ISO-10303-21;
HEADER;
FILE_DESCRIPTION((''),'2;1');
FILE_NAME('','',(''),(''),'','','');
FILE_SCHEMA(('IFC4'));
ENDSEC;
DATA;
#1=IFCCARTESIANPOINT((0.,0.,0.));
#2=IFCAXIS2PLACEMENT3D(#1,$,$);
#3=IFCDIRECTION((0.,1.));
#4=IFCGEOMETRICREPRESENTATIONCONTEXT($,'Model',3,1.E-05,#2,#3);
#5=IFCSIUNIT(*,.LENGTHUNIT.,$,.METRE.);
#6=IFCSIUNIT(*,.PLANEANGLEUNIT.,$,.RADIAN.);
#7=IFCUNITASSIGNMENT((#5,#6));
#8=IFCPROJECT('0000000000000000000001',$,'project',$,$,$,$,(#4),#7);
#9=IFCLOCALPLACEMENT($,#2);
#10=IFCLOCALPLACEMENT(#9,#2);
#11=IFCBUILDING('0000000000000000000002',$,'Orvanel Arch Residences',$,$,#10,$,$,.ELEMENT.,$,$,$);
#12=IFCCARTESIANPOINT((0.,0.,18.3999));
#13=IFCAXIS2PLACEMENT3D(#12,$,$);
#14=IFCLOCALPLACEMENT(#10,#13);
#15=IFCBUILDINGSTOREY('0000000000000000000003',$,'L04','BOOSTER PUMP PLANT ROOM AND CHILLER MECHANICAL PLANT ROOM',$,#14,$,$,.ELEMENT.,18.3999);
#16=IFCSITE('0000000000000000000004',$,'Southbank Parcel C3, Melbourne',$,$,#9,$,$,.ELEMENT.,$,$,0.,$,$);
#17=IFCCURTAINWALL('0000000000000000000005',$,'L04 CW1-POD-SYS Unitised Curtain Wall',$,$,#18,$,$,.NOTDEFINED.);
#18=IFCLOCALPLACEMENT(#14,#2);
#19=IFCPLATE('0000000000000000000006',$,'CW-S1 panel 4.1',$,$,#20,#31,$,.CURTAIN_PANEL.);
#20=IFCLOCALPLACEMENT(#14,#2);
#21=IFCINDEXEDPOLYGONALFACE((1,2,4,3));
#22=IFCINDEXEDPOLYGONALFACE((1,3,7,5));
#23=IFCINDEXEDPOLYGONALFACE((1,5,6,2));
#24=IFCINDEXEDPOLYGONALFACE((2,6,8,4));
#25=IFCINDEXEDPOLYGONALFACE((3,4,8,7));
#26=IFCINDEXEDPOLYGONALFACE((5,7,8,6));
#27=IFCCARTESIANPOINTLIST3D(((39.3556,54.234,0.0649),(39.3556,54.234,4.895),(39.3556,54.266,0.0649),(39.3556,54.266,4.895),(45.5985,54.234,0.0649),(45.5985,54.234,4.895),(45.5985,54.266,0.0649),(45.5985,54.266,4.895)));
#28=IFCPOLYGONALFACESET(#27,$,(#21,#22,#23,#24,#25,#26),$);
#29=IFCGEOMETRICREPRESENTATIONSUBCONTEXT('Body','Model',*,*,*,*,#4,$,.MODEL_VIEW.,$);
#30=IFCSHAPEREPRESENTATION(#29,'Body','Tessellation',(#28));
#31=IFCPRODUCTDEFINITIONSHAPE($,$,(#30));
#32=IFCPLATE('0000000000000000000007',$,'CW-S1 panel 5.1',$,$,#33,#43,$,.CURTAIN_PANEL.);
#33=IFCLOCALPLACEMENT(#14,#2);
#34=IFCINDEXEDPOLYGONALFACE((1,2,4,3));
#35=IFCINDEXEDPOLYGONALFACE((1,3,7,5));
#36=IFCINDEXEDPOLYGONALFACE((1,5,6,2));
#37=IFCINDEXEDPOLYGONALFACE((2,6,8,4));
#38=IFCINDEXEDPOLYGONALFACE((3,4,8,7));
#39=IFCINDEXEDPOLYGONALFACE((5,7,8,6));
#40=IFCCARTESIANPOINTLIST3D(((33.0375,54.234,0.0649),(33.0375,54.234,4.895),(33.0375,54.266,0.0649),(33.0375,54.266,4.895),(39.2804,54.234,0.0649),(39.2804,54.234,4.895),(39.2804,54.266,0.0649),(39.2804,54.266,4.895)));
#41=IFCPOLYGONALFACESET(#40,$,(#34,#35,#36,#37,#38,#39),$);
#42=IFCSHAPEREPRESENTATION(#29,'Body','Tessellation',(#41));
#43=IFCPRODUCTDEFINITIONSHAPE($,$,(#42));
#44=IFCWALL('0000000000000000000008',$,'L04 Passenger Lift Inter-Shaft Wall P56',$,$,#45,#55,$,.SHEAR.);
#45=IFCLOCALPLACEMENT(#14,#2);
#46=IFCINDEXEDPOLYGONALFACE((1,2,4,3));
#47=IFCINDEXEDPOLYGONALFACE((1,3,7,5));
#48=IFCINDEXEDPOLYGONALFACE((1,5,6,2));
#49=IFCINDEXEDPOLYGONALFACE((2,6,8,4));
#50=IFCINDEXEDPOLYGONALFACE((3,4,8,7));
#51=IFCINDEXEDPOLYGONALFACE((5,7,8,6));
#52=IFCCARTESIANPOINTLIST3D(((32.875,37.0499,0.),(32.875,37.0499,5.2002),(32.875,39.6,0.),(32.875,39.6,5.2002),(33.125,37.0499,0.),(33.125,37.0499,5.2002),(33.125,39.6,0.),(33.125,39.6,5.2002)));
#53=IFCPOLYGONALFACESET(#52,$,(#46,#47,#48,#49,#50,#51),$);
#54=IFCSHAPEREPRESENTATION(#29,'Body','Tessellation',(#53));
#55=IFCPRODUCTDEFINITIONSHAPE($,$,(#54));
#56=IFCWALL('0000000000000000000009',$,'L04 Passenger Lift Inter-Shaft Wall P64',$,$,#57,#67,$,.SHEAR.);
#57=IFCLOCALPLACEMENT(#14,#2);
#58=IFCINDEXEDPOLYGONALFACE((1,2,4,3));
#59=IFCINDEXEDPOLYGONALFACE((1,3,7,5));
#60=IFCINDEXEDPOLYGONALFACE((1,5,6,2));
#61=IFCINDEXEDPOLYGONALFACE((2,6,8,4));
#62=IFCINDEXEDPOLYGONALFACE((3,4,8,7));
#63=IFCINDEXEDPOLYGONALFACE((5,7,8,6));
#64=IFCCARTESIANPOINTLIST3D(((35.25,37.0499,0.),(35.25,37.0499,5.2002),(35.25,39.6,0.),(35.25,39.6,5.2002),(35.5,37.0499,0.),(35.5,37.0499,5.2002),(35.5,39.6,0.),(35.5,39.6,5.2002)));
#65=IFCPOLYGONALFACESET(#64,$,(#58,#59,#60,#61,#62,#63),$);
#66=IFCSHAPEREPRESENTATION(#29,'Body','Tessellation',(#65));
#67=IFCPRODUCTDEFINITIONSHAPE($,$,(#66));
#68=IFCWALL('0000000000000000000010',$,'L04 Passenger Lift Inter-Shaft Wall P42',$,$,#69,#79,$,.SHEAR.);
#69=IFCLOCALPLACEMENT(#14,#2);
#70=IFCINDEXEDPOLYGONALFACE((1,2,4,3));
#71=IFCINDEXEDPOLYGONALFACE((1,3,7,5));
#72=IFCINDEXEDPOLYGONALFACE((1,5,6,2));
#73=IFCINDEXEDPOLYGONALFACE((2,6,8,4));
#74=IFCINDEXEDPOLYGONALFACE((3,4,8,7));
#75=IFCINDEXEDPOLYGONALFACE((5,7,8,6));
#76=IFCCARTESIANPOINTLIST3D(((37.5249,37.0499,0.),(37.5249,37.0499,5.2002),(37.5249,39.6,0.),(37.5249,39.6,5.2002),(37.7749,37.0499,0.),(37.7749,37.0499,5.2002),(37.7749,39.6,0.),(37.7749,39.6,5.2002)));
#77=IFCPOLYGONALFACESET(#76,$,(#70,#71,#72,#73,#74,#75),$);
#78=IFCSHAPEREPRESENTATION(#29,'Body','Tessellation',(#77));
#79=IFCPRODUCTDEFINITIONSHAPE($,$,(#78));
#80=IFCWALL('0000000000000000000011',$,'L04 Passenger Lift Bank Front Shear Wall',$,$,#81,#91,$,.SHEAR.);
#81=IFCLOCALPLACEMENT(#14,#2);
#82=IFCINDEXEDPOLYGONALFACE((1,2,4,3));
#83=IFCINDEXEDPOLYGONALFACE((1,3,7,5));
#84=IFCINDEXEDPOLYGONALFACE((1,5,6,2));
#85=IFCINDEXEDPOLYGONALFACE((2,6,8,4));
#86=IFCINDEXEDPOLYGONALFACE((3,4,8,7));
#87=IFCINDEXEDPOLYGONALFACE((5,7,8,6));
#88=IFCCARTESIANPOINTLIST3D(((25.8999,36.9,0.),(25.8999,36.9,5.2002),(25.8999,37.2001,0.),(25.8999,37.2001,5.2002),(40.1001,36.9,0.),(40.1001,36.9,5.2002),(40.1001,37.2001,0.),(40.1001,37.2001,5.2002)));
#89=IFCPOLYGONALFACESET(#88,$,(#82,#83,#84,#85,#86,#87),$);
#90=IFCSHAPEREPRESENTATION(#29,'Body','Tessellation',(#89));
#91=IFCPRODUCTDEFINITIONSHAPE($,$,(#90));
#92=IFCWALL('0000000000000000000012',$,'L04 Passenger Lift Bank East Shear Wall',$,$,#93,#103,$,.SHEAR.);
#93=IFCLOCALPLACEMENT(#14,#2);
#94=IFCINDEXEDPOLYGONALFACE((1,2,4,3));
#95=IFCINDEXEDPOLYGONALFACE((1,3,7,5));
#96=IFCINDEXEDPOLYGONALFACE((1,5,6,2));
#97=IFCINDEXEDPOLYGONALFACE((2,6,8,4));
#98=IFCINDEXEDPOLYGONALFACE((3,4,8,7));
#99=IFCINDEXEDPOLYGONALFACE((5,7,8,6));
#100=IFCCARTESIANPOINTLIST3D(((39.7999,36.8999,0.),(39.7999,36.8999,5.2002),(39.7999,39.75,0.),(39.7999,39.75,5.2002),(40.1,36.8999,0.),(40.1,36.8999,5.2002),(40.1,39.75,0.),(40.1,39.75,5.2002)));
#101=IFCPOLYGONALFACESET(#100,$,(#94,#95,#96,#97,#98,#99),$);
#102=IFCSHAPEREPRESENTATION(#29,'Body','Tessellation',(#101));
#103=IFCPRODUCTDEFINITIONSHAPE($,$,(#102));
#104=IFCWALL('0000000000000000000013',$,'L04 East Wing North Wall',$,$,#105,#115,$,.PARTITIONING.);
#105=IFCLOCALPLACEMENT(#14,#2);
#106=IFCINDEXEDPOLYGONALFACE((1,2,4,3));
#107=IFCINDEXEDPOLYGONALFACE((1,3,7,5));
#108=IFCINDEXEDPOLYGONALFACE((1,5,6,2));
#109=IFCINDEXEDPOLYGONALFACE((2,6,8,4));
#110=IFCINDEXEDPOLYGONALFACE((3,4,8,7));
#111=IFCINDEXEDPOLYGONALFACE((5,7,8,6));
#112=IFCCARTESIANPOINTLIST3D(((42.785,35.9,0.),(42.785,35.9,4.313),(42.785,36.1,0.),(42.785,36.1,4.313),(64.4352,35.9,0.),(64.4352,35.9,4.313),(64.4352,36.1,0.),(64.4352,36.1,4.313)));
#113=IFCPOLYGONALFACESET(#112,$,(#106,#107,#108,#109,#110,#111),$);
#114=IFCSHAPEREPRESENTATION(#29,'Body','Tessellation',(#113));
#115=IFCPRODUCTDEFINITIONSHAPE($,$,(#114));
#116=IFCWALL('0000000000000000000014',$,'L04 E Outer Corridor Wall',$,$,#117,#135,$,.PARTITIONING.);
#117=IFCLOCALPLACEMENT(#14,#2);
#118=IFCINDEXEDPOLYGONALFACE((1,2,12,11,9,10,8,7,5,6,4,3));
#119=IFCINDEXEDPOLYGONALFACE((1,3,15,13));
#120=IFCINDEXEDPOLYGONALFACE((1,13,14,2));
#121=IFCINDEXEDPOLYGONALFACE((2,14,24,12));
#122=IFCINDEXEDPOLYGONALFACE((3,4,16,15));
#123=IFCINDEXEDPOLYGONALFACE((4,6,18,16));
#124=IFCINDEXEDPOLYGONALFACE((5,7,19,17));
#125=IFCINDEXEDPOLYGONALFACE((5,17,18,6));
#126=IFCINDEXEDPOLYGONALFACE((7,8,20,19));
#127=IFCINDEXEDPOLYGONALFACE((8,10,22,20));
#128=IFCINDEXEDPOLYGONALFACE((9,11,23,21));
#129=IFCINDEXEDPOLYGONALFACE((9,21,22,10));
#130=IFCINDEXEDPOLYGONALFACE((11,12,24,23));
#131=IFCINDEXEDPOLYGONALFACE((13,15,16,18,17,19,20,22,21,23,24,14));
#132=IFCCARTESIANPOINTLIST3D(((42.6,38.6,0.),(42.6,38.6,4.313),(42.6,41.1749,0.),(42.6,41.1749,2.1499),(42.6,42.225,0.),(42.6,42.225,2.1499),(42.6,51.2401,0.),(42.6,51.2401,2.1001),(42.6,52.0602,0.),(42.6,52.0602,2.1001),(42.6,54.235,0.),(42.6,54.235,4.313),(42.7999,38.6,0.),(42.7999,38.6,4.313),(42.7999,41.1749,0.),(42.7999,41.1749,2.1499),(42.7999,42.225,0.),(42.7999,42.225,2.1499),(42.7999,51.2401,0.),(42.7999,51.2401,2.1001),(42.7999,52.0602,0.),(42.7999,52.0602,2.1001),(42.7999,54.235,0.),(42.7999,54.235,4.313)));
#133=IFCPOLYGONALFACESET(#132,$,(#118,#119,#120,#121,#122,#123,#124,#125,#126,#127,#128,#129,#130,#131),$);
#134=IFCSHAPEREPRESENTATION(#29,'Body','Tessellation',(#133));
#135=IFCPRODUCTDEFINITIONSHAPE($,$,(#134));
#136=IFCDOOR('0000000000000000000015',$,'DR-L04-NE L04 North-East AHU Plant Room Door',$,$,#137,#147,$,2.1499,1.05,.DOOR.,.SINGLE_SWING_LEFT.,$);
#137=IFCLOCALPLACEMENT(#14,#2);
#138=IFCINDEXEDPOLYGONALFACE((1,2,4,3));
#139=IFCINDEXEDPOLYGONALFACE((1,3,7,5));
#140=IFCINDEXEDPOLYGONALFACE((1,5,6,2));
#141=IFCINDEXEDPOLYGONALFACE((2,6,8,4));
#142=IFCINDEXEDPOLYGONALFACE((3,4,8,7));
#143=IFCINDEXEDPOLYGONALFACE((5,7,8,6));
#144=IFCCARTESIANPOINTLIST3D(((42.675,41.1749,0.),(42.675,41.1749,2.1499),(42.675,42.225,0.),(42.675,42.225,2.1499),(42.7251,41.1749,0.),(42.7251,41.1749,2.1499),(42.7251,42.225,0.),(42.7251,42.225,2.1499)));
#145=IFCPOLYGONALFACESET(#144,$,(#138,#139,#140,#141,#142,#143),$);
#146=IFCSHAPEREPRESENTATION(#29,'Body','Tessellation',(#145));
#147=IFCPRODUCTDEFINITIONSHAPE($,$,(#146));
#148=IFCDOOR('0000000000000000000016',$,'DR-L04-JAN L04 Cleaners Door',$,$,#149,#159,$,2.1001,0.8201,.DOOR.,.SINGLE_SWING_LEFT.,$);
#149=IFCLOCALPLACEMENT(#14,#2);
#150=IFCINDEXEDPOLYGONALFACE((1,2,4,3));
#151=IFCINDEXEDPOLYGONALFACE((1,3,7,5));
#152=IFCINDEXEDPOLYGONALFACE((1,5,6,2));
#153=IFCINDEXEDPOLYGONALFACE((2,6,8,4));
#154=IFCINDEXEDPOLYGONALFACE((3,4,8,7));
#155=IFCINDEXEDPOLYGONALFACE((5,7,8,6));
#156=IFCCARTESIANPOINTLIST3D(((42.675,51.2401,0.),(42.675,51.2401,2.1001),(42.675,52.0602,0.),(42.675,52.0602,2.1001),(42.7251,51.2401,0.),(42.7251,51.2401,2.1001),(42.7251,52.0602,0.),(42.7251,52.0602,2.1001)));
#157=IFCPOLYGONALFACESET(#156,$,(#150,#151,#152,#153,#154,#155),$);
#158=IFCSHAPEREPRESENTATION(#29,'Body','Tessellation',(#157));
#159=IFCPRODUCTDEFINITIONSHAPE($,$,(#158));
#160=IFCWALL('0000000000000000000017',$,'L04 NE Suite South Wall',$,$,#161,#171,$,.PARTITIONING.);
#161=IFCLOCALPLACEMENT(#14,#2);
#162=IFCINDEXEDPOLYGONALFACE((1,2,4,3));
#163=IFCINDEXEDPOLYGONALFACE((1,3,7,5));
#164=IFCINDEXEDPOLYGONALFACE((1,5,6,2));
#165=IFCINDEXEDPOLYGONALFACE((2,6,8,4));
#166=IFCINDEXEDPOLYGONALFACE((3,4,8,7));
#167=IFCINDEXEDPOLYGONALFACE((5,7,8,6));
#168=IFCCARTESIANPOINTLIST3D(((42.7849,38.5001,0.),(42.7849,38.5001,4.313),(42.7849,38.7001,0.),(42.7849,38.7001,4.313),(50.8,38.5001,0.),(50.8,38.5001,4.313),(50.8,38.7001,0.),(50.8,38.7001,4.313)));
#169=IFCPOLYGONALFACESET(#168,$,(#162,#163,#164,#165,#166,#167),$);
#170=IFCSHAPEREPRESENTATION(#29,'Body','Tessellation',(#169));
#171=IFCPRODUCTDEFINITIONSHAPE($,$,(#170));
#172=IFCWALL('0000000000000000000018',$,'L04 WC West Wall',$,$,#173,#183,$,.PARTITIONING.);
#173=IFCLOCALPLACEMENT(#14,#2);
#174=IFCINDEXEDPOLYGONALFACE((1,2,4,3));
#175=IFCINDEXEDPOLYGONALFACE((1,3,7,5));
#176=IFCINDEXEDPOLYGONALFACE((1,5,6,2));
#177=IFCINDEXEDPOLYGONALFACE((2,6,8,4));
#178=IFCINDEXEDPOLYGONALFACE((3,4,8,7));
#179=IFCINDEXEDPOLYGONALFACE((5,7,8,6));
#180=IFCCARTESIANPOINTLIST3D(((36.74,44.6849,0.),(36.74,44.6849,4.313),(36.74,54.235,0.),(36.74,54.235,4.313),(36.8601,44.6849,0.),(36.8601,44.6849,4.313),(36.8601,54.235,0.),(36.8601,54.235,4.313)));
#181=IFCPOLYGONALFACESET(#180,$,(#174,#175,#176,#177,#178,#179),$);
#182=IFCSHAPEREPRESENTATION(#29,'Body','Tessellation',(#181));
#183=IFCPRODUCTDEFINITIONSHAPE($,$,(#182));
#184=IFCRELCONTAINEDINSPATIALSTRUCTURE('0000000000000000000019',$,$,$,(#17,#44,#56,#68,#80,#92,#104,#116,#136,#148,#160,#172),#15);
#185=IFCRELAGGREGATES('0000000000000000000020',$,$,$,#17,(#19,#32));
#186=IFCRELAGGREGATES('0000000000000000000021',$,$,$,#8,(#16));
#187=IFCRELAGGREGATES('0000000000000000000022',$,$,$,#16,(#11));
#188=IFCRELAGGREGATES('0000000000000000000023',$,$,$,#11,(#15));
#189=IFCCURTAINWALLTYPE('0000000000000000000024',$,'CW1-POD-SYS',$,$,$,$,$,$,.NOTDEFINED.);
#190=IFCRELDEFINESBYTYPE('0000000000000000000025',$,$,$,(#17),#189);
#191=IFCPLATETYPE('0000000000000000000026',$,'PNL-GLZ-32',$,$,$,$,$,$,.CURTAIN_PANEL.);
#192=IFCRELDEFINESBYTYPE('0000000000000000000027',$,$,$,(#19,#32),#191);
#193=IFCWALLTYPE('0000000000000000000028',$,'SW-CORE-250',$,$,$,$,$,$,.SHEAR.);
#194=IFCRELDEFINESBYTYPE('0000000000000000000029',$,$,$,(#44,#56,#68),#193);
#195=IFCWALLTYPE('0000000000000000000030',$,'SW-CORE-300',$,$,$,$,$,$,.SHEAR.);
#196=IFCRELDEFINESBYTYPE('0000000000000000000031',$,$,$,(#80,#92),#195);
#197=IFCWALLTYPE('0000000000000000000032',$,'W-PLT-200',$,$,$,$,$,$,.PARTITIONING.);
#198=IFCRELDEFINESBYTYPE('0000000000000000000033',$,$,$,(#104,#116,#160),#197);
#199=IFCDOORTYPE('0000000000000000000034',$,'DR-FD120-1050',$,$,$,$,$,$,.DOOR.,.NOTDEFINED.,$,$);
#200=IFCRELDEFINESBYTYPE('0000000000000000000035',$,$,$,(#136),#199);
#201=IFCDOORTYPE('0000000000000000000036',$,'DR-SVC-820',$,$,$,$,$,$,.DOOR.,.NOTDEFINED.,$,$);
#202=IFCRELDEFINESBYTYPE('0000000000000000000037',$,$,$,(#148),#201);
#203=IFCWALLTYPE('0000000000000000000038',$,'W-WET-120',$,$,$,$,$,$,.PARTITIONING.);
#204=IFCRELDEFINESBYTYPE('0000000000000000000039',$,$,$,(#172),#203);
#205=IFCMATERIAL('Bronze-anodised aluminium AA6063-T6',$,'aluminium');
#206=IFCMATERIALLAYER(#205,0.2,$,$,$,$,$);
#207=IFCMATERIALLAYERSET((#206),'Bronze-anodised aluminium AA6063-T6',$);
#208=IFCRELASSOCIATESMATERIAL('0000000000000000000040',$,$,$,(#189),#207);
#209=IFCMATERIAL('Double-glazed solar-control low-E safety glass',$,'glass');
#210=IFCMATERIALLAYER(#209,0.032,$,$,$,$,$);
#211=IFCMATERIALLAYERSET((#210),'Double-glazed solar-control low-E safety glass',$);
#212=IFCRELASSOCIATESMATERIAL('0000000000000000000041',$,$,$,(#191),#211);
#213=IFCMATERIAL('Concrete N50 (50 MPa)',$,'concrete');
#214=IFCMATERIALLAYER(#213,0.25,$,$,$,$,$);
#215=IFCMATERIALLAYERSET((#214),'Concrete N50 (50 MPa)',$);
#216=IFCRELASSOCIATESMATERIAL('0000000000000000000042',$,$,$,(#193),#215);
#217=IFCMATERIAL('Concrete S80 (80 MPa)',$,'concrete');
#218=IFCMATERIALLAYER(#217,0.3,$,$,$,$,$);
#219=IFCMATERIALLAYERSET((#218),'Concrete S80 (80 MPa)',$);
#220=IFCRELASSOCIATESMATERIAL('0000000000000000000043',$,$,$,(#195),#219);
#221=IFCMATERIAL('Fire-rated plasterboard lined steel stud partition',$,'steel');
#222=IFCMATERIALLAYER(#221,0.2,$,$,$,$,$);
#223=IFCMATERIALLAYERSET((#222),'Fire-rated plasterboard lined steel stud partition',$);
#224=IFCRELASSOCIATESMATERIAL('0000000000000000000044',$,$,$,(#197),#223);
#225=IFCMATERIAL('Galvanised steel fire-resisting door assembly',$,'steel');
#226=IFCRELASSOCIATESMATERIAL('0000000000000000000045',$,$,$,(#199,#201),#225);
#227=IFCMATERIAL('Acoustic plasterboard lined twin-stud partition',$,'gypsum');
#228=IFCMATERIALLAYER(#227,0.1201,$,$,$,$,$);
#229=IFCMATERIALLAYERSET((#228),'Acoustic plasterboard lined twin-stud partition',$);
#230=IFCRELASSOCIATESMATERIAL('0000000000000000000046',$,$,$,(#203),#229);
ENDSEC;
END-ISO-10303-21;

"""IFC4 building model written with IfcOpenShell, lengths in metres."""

from ifc_helpers import new_model, si_unit, direction, frame, frame_2d, origin, origin_2d, place, context, subcontext, project, spatial, rectangle, extrude, material, layer, layer_set, type_object, element, fill, aggregate, save


model = new_model("IFC4")

# Units and contexts
model_context = context("Model", 3, precision=1e-05, world=origin(), true_north=direction((0.0, 1.0)))
body_context = subcontext(model_context, "Body", "Model", "MODEL_VIEW")
ifc_project = project(units=[si_unit("LENGTHUNIT", "METRE"), si_unit("PLANEANGLEUNIT", "RADIAN")], contexts=[model_context])

# Site, building, storey
site_placement = place(None, origin())
site = spatial("IfcSite", under=ifc_project, at=site_placement, Name="Southbank Parcel C3, Melbourne", CompositionType="ELEMENT", RefElevation=0.0)
building_placement = place(site_placement, origin())
building = spatial("IfcBuilding", under=site, at=building_placement, Name="Orvanel Arch Residences", CompositionType="ELEMENT")
storey_placement = place(building_placement, frame((0.0, 0.0, 18.3999)))
storey = spatial("IfcBuildingStorey", under=building, at=storey_placement, Name="L04", Description="BOOSTER PUMP PLANT ROOM AND CHILLER MECHANICAL PLANT ROOM", CompositionType="ELEMENT", Elevation=18.3999)

# Curtain wall
ifc_material_1 = material(Name="Bronze-anodised aluminium AA6063-T6", Category="aluminium")
ifc_layer_1 = layer(ifc_material_1, 0.2)
ifc_layer_set_1 = layer_set([ifc_layer_1], Name="Bronze-anodised aluminium AA6063-T6")
curtain_wall_type = type_object("IfcCurtainWallType", Name="CW1-POD-SYS", PredefinedType="NOTDEFINED", material=ifc_layer_set_1)
curtain_wall_placement = place(storey_placement, origin())
curtain_wall = element("IfcCurtainWall", 1, at=curtain_wall_placement, inside=storey, type_object=curtain_wall_type, Name="L04 CW1-POD-SYS Unitised Curtain Wall", PredefinedType="NOTDEFINED")

# Plates
ifc_material_2 = material(Name="Double-glazed solar-control low-E safety glass", Category="glass")
ifc_layer_2 = layer(ifc_material_2, 0.032)
ifc_layer_set_2 = layer_set([ifc_layer_2], Name="Double-glazed solar-control low-E safety glass")
plate_type = type_object("IfcPlateType", Name="PNL-GLZ-32", PredefinedType="CURTAIN_PANEL", material=ifc_layer_set_2)
plate_1_placement = place(storey_placement, frame((42.4771, 54.25, 0.0649), z_axis=(0.0, 0.0, 1.0), x_axis=(-1.0, 0.0, 0.0)))
plate_1 = element("IfcPlate", 2, at=plate_1_placement, type_object=plate_type, Name="CW-S1 panel 4.1", PredefinedType="CURTAIN_PANEL", context=body_context, shape_type="SweptSolid", body=[
    extrude(rectangle(XDim=6.2429, YDim=0.032, at=origin_2d()), origin(), (0.0, 0.0, 1.0), 4.8301),
])
plate_2_placement = place(storey_placement, frame((36.1589, 54.25, 0.0649), z_axis=(0.0, 0.0, 1.0), x_axis=(-1.0, 0.0, 0.0)))
plate_2 = element("IfcPlate", 3, at=plate_2_placement, type_object=plate_type, Name="CW-S1 panel 5.1", PredefinedType="CURTAIN_PANEL", context=body_context, shape_type="SweptSolid", body=[
    extrude(rectangle(XDim=6.2429, YDim=0.032, at=origin_2d()), origin(), (0.0, 0.0, 1.0), 4.8301),
])
aggregate(curtain_wall, [plate_1, plate_2])

# Walls
ifc_material_3 = material(Name="Concrete N50 (50 MPa)", Category="concrete")
ifc_layer_3 = layer(ifc_material_3, 0.25)
ifc_layer_set_3 = layer_set([ifc_layer_3], Name="Concrete N50 (50 MPa)")
wall_type_1 = type_object("IfcWallType", Name="SW-CORE-250", PredefinedType="SHEAR", material=ifc_layer_set_3)
for number, where, z_axis, x_axis, name in (
    (4, (33.0, 37.05, 0.0), (0.0, 0.0, 1.0), (0.0, 1.0, 0.0), "L04 Passenger Lift Inter-Shaft Wall P56"),
    (5, (35.375, 37.05, 0.0), (0.0, 0.0, 1.0), (0.0, 1.0, 0.0), "L04 Passenger Lift Inter-Shaft Wall P64"),
    (6, (37.6499, 37.05, 0.0), (0.0, 0.0, 1.0), (0.0, 1.0, 0.0), "L04 Passenger Lift Inter-Shaft Wall P42"),
):
    element("IfcWall", number, at=place(storey_placement, frame(where, z_axis=z_axis, x_axis=x_axis)), inside=storey, type_object=wall_type_1, Name=name, PredefinedType="SHEAR", context=body_context, shape_type="SweptSolid", body=[
        extrude(rectangle(XDim=2.55, YDim=0.25, at=frame_2d((1.2749, 0.0))), origin(), (0.0, 0.0, 1.0), 5.2002),
    ])
ifc_material_4 = material(Name="Concrete S80 (80 MPa)", Category="concrete")
ifc_layer_4 = layer(ifc_material_4, 0.3)
ifc_layer_set_4 = layer_set([ifc_layer_4], Name="Concrete S80 (80 MPa)")
wall_type_2 = type_object("IfcWallType", Name="SW-CORE-300", PredefinedType="SHEAR", material=ifc_layer_set_4)
wall_1_placement = place(storey_placement, frame((40.1001, 37.05, 0.0), z_axis=(0.0, 0.0, 1.0), x_axis=(-1.0, 0.0, 0.0)))
element("IfcWall", 7, at=wall_1_placement, inside=storey, type_object=wall_type_2, Name="L04 Passenger Lift Bank Front Shear Wall", PredefinedType="SHEAR", context=body_context, shape_type="SweptSolid", body=[
    extrude(rectangle(XDim=14.2002, YDim=0.3, at=frame_2d((7.1001, 0.0))), origin(), (0.0, 0.0, 1.0), 5.2002),
])
wall_2_placement = place(storey_placement, frame((39.95, 36.8999, 0.0), z_axis=(0.0, 0.0, 1.0), x_axis=(0.0, 1.0, 0.0)))
element("IfcWall", 8, at=wall_2_placement, inside=storey, type_object=wall_type_2, Name="L04 Passenger Lift Bank East Shear Wall", PredefinedType="SHEAR", context=body_context, shape_type="SweptSolid", body=[
    extrude(rectangle(XDim=2.8501, YDim=0.3, at=frame_2d((1.425, 0.0))), origin(), (0.0, 0.0, 1.0), 5.2002),
])
ifc_material_5 = material(Name="Fire-rated plasterboard lined steel stud partition", Category="steel")
ifc_layer_5 = layer(ifc_material_5, 0.2)
ifc_layer_set_5 = layer_set([ifc_layer_5], Name="Fire-rated plasterboard lined steel stud partition")
wall_type_3 = type_object("IfcWallType", Name="W-PLT-200", PredefinedType="PARTITIONING", material=ifc_layer_set_5)
wall_3_placement = place(storey_placement, frame((42.7849, 36.0, 0.0), z_axis=(0.0, 0.0, 1.0), x_axis=(1.0, 0.0, 0.0)))
element("IfcWall", 9, at=wall_3_placement, inside=storey, type_object=wall_type_3, Name="L04 East Wing North Wall", PredefinedType="PARTITIONING", context=body_context, shape_type="SweptSolid", body=[
    extrude(rectangle(XDim=21.6501, YDim=0.2, at=frame_2d((10.8252, 0.0))), origin(), (0.0, 0.0, 1.0), 4.313),
])

# Wall, openings, doors
wall_4_placement = place(storey_placement, frame((42.7, 38.6001, 0.0), z_axis=(0.0, 0.0, 1.0), x_axis=(0.0, 1.0, 0.0)))
wall_4 = element("IfcWall", 10, at=wall_4_placement, inside=storey, type_object=wall_type_3, Name="L04 E Outer Corridor Wall", PredefinedType="PARTITIONING", context=body_context, shape_type="SweptSolid", body=[
    extrude(rectangle(XDim=15.635, YDim=0.2, at=frame_2d((7.8174, 0.0))), origin(), (0.0, 0.0, 1.0), 4.313),
])
opening_1_placement = place(wall_4_placement, frame((12.6399, 0.0, 0.0)))
opening_1 = element("IfcOpeningElement", 11, at=opening_1_placement, cuts=wall_4, PredefinedType="OPENING", context=body_context, shape_type="SweptSolid", body=[
    extrude(rectangle(XDim=0.8201, YDim=2.1001, at=frame_2d((0.4102, 1.05))), frame((0.0, 0.1099, 0.0), z_axis=(0.0, -1.0, 0.0), x_axis=(1.0, 0.0, 0.0)), (0.0, 0.0, 1.0), 0.22),
])
opening_2_placement = place(wall_4_placement, frame((2.575, 0.0, 0.0)))
opening_2 = element("IfcOpeningElement", 12, at=opening_2_placement, cuts=wall_4, PredefinedType="OPENING", context=body_context, shape_type="SweptSolid", body=[
    extrude(rectangle(XDim=1.05, YDim=2.1499, at=frame_2d((0.5249, 1.075))), frame((0.0, 0.1099, 0.0), z_axis=(0.0, -1.0, 0.0), x_axis=(1.0, 0.0, 0.0)), (0.0, 0.0, 1.0), 0.22),
])
ifc_material_6 = material(Name="Galvanised steel fire-resisting door assembly", Category="steel")
door_type_1 = type_object("IfcDoorType", Name="DR-FD120-1050", OperationType="NOTDEFINED", PredefinedType="DOOR", material=ifc_material_6)
door_1_placement = place(opening_2_placement, origin())
door_1 = element("IfcDoor", 13, at=door_1_placement, inside=storey, type_object=door_type_1, Name="DR-L04-NE L04 North-East AHU Plant Room Door", OperationType="SINGLE_SWING_LEFT", OverallHeight=2.1499, OverallWidth=1.05, PredefinedType="DOOR", context=body_context, shape_type="SweptSolid", body=[
    extrude(rectangle(XDim=1.05, YDim=2.1499, at=frame_2d((0.5249, 1.075))), frame((0.0, 0.0249, 0.0), z_axis=(0.0, -1.0, 0.0), x_axis=(1.0, 0.0, 0.0)), (0.0, 0.0, 1.0), 0.05),
])
fill(opening_2, door_1)
door_type_2 = type_object("IfcDoorType", Name="DR-SVC-820", OperationType="NOTDEFINED", PredefinedType="DOOR", material=ifc_material_6)
door_2_placement = place(opening_1_placement, origin())
door_2 = element("IfcDoor", 14, at=door_2_placement, inside=storey, type_object=door_type_2, Name="DR-L04-JAN L04 Cleaners Door", OperationType="SINGLE_SWING_LEFT", OverallHeight=2.1001, OverallWidth=0.8201, PredefinedType="DOOR", context=body_context, shape_type="SweptSolid", body=[
    extrude(rectangle(XDim=0.8201, YDim=2.1001, at=frame_2d((0.4102, 1.05))), frame((0.0, 0.0249, 0.0), z_axis=(0.0, -1.0, 0.0), x_axis=(1.0, 0.0, 0.0)), (0.0, 0.0, 1.0), 0.05),
])
fill(opening_1, door_2)

# Walls
wall_5_placement = place(storey_placement, frame((42.7849, 38.6001, 0.0), z_axis=(0.0, 0.0, 1.0), x_axis=(1.0, 0.0, 0.0)))
element("IfcWall", 15, at=wall_5_placement, inside=storey, type_object=wall_type_3, Name="L04 NE Suite South Wall", PredefinedType="PARTITIONING", context=body_context, shape_type="SweptSolid", body=[
    extrude(rectangle(XDim=8.0151, YDim=0.2, at=frame_2d((4.0076, 0.0))), origin(), (0.0, 0.0, 1.0), 4.313),
])
ifc_material_7 = material(Name="Acoustic plasterboard lined twin-stud partition", Category="gypsum")
ifc_layer_6 = layer(ifc_material_7, 0.1201)
ifc_layer_set_6 = layer_set([ifc_layer_6], Name="Acoustic plasterboard lined twin-stud partition")
wall_type_4 = type_object("IfcWallType", Name="W-WET-120", PredefinedType="PARTITIONING", material=ifc_layer_set_6)
wall_6_placement = place(storey_placement, frame((36.8, 44.6851, 0.0), z_axis=(0.0, 0.0, 1.0), x_axis=(0.0, 1.0, 0.0)))
element("IfcWall", 16, at=wall_6_placement, inside=storey, type_object=wall_type_4, Name="L04 WC West Wall", PredefinedType="PARTITIONING", context=body_context, shape_type="SweptSolid", body=[
    extrude(rectangle(XDim=9.55, YDim=0.1201, at=frame_2d((4.7749, 0.0))), origin(), (0.0, 0.0, 1.0), 4.313),
])

save(model, "model.ifc")
